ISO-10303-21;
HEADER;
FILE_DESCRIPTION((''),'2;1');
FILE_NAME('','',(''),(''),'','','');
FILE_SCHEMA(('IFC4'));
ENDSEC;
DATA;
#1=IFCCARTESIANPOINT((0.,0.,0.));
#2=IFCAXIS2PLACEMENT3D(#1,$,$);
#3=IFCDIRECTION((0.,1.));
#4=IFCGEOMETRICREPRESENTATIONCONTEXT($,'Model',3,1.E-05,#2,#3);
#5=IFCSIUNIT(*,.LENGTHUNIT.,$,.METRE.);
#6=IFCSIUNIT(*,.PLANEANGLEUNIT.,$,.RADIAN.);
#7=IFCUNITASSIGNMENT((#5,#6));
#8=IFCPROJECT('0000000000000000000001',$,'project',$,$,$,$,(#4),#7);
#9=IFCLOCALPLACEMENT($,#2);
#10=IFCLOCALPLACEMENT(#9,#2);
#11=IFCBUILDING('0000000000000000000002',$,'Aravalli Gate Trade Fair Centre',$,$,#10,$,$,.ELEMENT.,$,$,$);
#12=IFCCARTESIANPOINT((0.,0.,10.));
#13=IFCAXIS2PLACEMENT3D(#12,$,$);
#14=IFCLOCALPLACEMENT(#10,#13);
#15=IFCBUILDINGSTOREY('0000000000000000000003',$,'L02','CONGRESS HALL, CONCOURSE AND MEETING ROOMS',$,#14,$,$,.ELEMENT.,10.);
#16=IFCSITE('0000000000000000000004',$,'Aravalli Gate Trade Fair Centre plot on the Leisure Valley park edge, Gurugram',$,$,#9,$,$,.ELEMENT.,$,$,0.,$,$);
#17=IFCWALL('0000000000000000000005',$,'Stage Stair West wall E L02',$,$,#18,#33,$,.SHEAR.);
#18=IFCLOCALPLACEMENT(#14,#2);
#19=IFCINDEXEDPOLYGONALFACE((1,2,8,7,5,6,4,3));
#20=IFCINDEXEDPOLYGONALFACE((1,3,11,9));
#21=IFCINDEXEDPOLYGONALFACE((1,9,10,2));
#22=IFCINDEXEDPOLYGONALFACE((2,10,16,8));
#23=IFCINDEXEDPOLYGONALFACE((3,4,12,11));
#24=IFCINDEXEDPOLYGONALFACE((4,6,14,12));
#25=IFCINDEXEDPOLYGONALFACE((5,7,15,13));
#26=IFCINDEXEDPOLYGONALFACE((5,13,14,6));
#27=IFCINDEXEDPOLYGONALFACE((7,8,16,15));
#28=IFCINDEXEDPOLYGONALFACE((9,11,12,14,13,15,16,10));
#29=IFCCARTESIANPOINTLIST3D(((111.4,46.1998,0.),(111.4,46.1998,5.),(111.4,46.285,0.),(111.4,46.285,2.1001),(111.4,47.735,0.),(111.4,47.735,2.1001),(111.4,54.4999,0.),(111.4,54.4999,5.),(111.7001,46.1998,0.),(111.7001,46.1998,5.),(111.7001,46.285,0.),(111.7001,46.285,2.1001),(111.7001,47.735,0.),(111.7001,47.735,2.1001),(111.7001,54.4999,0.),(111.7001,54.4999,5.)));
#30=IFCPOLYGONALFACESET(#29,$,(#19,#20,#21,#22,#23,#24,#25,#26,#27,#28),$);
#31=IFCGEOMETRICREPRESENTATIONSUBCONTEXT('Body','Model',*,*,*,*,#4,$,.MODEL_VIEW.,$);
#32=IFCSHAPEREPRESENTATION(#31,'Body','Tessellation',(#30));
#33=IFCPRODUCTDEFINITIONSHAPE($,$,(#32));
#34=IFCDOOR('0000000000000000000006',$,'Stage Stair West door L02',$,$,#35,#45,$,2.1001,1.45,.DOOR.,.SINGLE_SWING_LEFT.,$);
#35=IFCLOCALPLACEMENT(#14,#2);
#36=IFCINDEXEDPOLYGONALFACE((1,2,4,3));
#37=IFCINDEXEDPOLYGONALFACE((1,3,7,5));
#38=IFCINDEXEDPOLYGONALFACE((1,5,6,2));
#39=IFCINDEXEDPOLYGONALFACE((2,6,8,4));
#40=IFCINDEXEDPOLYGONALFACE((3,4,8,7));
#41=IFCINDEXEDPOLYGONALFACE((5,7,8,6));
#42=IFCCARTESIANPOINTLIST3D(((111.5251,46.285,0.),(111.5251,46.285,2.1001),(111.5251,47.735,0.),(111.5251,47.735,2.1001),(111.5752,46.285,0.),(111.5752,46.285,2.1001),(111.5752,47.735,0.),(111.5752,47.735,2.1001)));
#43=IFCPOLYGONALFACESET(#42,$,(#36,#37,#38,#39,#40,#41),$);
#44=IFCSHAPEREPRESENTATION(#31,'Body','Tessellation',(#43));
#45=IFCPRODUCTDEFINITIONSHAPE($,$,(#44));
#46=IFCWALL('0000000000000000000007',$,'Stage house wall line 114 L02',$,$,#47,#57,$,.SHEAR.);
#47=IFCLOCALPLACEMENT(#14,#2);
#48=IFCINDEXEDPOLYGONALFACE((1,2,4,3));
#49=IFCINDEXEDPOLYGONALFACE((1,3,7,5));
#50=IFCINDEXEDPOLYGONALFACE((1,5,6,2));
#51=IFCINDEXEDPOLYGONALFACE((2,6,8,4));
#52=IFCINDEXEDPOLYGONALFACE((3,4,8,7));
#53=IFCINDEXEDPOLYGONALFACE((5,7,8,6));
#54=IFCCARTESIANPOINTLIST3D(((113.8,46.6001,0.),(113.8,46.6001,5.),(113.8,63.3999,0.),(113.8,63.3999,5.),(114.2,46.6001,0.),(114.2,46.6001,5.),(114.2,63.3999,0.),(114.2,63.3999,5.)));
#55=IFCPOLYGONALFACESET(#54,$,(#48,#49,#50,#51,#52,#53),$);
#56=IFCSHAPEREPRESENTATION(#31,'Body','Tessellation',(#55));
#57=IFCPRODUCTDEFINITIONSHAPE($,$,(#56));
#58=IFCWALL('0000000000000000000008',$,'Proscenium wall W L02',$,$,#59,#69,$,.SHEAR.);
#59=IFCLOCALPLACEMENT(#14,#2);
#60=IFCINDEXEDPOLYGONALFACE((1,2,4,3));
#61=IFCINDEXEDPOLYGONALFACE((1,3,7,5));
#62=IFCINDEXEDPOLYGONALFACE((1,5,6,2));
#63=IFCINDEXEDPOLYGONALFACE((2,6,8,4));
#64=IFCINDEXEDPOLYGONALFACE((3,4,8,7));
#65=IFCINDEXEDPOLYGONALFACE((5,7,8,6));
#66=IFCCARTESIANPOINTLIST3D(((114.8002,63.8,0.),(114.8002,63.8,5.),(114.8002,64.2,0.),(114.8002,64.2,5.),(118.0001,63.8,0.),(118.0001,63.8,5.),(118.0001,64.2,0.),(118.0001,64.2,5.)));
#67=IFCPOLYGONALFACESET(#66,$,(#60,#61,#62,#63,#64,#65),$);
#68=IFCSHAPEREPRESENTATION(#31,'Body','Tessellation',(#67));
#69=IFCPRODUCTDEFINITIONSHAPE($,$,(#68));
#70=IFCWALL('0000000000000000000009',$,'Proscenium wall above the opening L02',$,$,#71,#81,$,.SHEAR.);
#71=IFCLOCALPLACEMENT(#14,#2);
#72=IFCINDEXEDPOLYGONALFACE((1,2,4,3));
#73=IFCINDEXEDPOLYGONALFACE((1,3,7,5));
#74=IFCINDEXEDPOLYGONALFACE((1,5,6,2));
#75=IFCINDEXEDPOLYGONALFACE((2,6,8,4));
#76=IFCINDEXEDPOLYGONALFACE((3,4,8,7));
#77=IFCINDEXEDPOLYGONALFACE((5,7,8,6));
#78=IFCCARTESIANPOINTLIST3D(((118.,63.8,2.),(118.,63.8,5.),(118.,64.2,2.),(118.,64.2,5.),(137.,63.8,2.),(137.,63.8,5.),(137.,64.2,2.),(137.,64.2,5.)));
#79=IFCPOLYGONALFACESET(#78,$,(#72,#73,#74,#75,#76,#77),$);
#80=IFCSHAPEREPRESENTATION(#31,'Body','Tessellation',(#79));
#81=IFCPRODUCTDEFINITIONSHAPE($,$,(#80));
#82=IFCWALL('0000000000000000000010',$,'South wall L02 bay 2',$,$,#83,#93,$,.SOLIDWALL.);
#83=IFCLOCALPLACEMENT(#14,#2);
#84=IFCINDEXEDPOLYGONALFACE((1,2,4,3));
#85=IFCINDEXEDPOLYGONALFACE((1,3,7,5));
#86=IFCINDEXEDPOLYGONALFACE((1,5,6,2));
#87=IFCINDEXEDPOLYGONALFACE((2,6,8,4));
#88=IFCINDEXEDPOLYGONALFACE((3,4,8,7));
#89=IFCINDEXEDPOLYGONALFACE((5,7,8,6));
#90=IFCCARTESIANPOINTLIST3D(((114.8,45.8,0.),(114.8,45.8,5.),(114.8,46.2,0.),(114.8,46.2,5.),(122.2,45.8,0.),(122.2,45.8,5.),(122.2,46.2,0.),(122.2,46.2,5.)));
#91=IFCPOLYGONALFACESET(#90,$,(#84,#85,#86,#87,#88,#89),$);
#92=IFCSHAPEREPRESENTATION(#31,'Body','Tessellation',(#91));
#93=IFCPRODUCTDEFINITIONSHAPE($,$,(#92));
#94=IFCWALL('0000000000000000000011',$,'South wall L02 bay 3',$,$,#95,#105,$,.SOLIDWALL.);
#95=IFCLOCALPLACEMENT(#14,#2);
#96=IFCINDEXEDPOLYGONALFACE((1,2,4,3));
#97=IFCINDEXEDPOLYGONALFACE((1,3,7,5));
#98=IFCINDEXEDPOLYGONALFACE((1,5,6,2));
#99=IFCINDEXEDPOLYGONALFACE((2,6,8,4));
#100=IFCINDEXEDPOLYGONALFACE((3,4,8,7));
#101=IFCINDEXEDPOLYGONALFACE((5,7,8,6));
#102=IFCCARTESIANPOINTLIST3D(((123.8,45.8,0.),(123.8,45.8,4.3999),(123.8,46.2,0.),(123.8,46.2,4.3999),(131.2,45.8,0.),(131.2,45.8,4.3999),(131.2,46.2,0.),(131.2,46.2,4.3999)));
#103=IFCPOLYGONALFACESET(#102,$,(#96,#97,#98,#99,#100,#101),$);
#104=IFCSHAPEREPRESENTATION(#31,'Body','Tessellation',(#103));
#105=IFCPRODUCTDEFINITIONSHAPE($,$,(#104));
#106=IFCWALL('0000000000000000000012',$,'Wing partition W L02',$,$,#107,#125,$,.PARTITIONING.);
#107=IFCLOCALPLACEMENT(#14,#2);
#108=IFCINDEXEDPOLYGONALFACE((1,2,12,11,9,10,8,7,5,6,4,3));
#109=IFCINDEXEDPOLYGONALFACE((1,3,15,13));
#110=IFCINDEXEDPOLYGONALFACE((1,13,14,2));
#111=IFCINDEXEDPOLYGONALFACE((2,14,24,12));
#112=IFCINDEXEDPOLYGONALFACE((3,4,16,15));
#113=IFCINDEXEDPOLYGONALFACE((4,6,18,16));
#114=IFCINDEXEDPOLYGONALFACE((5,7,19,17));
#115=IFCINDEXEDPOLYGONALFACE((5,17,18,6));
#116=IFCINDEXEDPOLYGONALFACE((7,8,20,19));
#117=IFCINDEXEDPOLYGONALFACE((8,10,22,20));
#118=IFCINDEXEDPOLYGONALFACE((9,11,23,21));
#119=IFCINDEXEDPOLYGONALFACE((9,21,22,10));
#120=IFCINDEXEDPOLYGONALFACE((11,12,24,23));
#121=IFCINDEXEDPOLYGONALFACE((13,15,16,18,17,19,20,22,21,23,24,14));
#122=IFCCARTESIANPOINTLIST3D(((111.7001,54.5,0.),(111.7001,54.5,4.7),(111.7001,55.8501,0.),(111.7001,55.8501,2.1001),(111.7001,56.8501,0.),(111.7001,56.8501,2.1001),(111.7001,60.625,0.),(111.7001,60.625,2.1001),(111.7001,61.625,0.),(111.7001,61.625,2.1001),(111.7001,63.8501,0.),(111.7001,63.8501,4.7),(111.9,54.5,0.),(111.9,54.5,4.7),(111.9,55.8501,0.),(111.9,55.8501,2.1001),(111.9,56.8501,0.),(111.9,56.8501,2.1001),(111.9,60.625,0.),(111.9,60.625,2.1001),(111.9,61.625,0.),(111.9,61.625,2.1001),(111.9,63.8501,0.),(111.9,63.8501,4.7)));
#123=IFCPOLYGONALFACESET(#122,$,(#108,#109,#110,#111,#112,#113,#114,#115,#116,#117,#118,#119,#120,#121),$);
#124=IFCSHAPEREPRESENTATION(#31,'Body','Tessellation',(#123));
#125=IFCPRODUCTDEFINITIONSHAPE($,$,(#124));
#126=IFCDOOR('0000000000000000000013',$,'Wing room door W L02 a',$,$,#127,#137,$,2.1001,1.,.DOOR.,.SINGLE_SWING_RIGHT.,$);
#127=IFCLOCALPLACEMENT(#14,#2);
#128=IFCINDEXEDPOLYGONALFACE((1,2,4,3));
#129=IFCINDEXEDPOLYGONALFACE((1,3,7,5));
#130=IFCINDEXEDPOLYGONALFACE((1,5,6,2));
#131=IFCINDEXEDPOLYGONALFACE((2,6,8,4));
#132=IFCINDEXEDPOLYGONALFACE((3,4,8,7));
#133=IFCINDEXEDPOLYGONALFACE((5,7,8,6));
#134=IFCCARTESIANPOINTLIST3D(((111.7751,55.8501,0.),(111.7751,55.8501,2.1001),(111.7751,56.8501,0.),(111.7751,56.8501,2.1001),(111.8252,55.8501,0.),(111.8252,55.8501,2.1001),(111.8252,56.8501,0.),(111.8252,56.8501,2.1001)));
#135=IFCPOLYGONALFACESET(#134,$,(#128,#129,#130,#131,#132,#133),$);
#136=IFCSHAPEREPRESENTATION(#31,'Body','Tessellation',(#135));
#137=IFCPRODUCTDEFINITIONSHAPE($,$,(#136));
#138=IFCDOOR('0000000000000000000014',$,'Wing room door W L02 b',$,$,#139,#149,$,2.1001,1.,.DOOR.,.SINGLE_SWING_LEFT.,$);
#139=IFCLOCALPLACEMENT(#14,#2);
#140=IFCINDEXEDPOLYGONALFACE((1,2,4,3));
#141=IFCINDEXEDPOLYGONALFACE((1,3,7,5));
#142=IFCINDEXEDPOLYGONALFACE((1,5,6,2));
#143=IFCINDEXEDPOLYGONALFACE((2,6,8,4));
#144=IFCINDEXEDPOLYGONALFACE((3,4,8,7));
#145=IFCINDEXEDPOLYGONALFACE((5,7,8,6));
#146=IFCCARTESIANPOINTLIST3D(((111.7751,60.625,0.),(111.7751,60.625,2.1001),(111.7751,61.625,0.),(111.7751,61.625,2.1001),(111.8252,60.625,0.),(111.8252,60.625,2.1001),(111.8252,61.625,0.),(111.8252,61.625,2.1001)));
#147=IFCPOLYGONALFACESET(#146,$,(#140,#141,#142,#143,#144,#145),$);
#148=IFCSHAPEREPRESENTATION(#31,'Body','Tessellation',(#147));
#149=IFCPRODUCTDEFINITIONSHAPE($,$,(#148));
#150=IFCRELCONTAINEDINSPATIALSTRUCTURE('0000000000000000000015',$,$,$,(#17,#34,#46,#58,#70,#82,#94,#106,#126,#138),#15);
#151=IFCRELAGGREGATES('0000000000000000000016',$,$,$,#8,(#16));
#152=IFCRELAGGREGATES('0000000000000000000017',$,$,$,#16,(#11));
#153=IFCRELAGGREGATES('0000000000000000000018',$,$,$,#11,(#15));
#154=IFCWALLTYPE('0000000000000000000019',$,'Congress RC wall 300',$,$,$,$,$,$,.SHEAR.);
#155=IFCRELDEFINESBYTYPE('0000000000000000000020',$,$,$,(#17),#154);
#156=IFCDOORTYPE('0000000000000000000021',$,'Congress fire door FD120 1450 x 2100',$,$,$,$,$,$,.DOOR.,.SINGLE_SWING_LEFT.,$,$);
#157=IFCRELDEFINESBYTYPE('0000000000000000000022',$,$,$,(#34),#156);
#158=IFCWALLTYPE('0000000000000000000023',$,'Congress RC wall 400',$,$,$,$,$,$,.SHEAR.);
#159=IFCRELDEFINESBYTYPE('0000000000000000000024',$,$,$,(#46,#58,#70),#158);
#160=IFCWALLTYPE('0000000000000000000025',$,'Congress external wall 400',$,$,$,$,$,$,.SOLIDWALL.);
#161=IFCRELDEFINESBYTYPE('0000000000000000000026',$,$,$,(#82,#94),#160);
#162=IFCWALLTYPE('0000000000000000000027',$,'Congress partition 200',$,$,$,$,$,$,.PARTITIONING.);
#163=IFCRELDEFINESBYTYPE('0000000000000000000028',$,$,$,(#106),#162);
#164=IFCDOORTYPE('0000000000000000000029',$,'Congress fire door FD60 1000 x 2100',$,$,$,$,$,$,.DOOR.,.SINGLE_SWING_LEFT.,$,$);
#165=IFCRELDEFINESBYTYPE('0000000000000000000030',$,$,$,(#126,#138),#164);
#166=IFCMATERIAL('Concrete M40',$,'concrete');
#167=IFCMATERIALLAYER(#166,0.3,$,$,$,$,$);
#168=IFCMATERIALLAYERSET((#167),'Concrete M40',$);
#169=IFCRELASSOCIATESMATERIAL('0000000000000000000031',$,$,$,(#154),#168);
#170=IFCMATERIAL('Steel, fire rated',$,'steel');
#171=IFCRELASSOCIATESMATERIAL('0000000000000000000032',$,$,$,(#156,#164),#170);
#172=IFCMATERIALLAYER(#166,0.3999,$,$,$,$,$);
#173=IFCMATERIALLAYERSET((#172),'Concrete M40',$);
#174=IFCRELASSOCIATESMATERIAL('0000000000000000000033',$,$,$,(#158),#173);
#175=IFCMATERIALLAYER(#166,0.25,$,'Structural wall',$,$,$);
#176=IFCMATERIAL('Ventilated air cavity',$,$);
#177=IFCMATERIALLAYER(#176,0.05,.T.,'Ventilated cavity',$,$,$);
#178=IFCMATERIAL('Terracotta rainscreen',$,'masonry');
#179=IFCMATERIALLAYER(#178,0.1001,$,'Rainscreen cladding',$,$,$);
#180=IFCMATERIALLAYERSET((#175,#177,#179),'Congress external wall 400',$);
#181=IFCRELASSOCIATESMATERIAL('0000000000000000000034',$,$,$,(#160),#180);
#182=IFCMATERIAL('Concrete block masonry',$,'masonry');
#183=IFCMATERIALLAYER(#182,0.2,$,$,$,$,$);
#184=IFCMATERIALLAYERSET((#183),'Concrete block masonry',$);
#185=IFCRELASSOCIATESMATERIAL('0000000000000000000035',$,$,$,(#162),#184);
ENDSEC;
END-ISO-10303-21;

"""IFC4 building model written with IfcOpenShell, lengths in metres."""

from ifc_helpers import new_model, si_unit, direction, frame, frame_2d, origin, place, context, subcontext, project, spatial, rectangle, extrude, material, layer, layer_set, type_object, element, fill, save


model = new_model("IFC4")

# Units and contexts
model_context = context("Model", 3, precision=1e-05, world=origin(), true_north=direction((0.0, 1.0)))
body_context = subcontext(model_context, "Body", "Model", "MODEL_VIEW")
ifc_project = project(units=[si_unit("LENGTHUNIT", "METRE"), si_unit("PLANEANGLEUNIT", "RADIAN")], contexts=[model_context])

# Site, building, storey
site_placement = place(None, origin())
site = spatial("IfcSite", under=ifc_project, at=site_placement, Name="Aravalli Gate Trade Fair Centre plot on the Leisure Valley park edge, Gurugram", CompositionType="ELEMENT", RefElevation=0.0)
building_placement = place(site_placement, origin())
building = spatial("IfcBuilding", under=site, at=building_placement, Name="Aravalli Gate Trade Fair Centre", CompositionType="ELEMENT")
storey_placement = place(building_placement, frame((0.0, 0.0, 10.0)))
storey = spatial("IfcBuildingStorey", under=building, at=storey_placement, Name="L02", Description="CONGRESS HALL, CONCOURSE AND MEETING ROOMS", CompositionType="ELEMENT", Elevation=10.0)

# Shared definitions
ifc_material_1 = material(Name="Concrete M40", Category="concrete")

# Wall, opening, door
ifc_layer_1 = layer(ifc_material_1, 0.3)
ifc_layer_set_1 = layer_set([ifc_layer_1], Name="Concrete M40")
wall_type_1 = type_object("IfcWallType", Name="Congress RC wall 300", PredefinedType="SHEAR", material=ifc_layer_set_1)
wall_1_placement = place(storey_placement, frame((111.55, 46.2, 0.0), z_axis=(0.0, 0.0, 1.0), x_axis=(0.0, 1.0, 0.0)))
wall_1 = element("IfcWall", 1, at=wall_1_placement, inside=storey, type_object=wall_type_1, Name="Stage Stair West wall E L02", PredefinedType="SHEAR", context=body_context, shape_type="SweptSolid", body=[
    extrude(rectangle(XDim=8.3, YDim=0.3, at=frame_2d((4.1499, 0.0))), origin(), (0.0, 0.0, 1.0), 5.0),
])
opening_1_placement = place(wall_1_placement, frame((0.085, 0.0, 0.0)))
opening_1 = element("IfcOpeningElement", 2, at=opening_1_placement, cuts=wall_1, PredefinedType="OPENING", context=body_context, shape_type="SweptSolid", body=[
    extrude(rectangle(XDim=1.45, YDim=2.1001, at=frame_2d((0.7251, 1.05))), frame((0.0, 0.1599, 0.0), z_axis=(0.0, -1.0, 0.0), x_axis=(1.0, 0.0, 0.0)), (0.0, 0.0, 1.0), 0.3201),
])
ifc_material_2 = material(Name="Steel, fire rated", Category="steel")
door_type_1 = type_object("IfcDoorType", Name="Congress fire door FD120 1450 x 2100", OperationType="SINGLE_SWING_LEFT", PredefinedType="DOOR", material=ifc_material_2)
door_1_placement = place(opening_1_placement, origin())
door_1 = element("IfcDoor", 3, at=door_1_placement, inside=storey, type_object=door_type_1, Name="Stage Stair West door L02", OperationType="SINGLE_SWING_LEFT", OverallHeight=2.1001, OverallWidth=1.45, PredefinedType="DOOR", context=body_context, shape_type="SweptSolid", body=[
    extrude(rectangle(XDim=1.45, YDim=2.1001, at=frame_2d((0.7251, 1.05))), frame((0.0, 0.0249, 0.0), z_axis=(0.0, -1.0, 0.0), x_axis=(1.0, 0.0, 0.0)), (0.0, 0.0, 1.0), 0.05),
])
fill(opening_1, door_1)

# Walls
ifc_layer_2 = layer(ifc_material_1, 0.3999)
ifc_layer_set_2 = layer_set([ifc_layer_2], Name="Concrete M40")
wall_type_2 = type_object("IfcWallType", Name="Congress RC wall 400", PredefinedType="SHEAR", material=ifc_layer_set_2)
wall_2_placement = place(storey_placement, frame((114.0, 46.6001, 0.0), z_axis=(0.0, 0.0, 1.0), x_axis=(0.0, 1.0, 0.0)))
element("IfcWall", 4, at=wall_2_placement, inside=storey, type_object=wall_type_2, Name="Stage house wall line 114 L02", PredefinedType="SHEAR", context=body_context, shape_type="SweptSolid", body=[
    extrude(rectangle(XDim=16.7998, YDim=0.3999, at=frame_2d((8.3999, 0.0))), origin(), (0.0, 0.0, 1.0), 5.0),
])
wall_3_placement = place(storey_placement, frame((114.8, 64.0, 0.0), z_axis=(0.0, 0.0, 1.0), x_axis=(1.0, 0.0, 0.0)))
element("IfcWall", 5, at=wall_3_placement, inside=storey, type_object=wall_type_2, Name="Proscenium wall W L02", PredefinedType="SHEAR", context=body_context, shape_type="SweptSolid", body=[
    extrude(rectangle(XDim=3.2, YDim=0.3999, at=frame_2d((1.6001, 0.0))), origin(), (0.0, 0.0, 1.0), 5.0),
])
wall_4_placement = place(storey_placement, frame((118.0, 64.0, 2.0), z_axis=(0.0, 0.0, 1.0), x_axis=(1.0, 0.0, 0.0)))
element("IfcWall", 6, at=wall_4_placement, inside=storey, type_object=wall_type_2, Name="Proscenium wall above the opening L02", PredefinedType="SHEAR", context=body_context, shape_type="SweptSolid", body=[
    extrude(rectangle(XDim=19.0, YDim=0.3999, at=frame_2d((9.5, 0.0))), origin(), (0.0, 0.0, 1.0), 3.0),
])
ifc_layer_3 = layer(ifc_material_1, 0.25, Name="Structural wall")
ifc_material_3 = material(Name="Ventilated air cavity")
ifc_layer_4 = layer(ifc_material_3, 0.05, ventilated=True, Name="Ventilated cavity")
ifc_material_4 = material(Name="Terracotta rainscreen", Category="masonry")
ifc_layer_5 = layer(ifc_material_4, 0.1001, Name="Rainscreen cladding")
ifc_layer_set_3 = layer_set([ifc_layer_3, ifc_layer_4, ifc_layer_5], Name="Congress external wall 400")
wall_type_3 = type_object("IfcWallType", Name="Congress external wall 400", PredefinedType="SOLIDWALL", material=ifc_layer_set_3)
wall_5_placement = place(storey_placement, frame((114.8, 46.0, 0.0), z_axis=(0.0, 0.0, 1.0), x_axis=(1.0, 0.0, 0.0)))
element("IfcWall", 7, at=wall_5_placement, inside=storey, type_object=wall_type_3, Name="South wall L02 bay 2", PredefinedType="SOLIDWALL", context=body_context, shape_type="SweptSolid", body=[
    extrude(rectangle(XDim=7.3999, YDim=0.3999, at=frame_2d((3.7, 0.0))), origin(), (0.0, 0.0, 1.0), 5.0),
])
wall_6_placement = place(storey_placement, frame((123.8, 46.0, 0.0), z_axis=(0.0, 0.0, 1.0), x_axis=(1.0, 0.0, 0.0)))
element("IfcWall", 8, at=wall_6_placement, inside=storey, type_object=wall_type_3, Name="South wall L02 bay 3", PredefinedType="SOLIDWALL", context=body_context, shape_type="SweptSolid", body=[
    extrude(rectangle(XDim=7.3999, YDim=0.3999, at=frame_2d((3.7, 0.0))), origin(), (0.0, 0.0, 1.0), 4.3999),
])

# Wall, openings, doors
ifc_material_5 = material(Name="Concrete block masonry", Category="masonry")
ifc_layer_6 = layer(ifc_material_5, 0.2)
ifc_layer_set_4 = layer_set([ifc_layer_6], Name="Concrete block masonry")
wall_type_4 = type_object("IfcWallType", Name="Congress partition 200", PredefinedType="PARTITIONING", material=ifc_layer_set_4)
wall_7_placement = place(storey_placement, frame((111.8, 54.5, 0.0), z_axis=(0.0, 0.0, 1.0), x_axis=(0.0, 1.0, 0.0)))
wall_7 = element("IfcWall", 9, at=wall_7_placement, inside=storey, type_object=wall_type_4, Name="Wing partition W L02", PredefinedType="PARTITIONING", context=body_context, shape_type="SweptSolid", body=[
    extrude(rectangle(XDim=9.3501, YDim=0.2, at=frame_2d((4.675, 0.0))), origin(), (0.0, 0.0, 1.0), 4.7),
])
opening_2_placement = place(wall_7_placement, frame((1.3501, 0.0, 0.0)))
opening_2 = element("IfcOpeningElement", 10, at=opening_2_placement, cuts=wall_7, PredefinedType="OPENING", context=body_context, shape_type="SweptSolid", body=[
    extrude(rectangle(XDim=1.0, YDim=2.1001, at=frame_2d((0.5, 1.05))), frame((0.0, 0.1099, 0.0), z_axis=(0.0, -1.0, 0.0), x_axis=(1.0, 0.0, 0.0)), (0.0, 0.0, 1.0), 0.22),
])
opening_3_placement = place(wall_7_placement, frame((6.125, 0.0, 0.0)))
opening_3 = element("IfcOpeningElement", 11, at=opening_3_placement, cuts=wall_7, PredefinedType="OPENING", context=body_context, shape_type="SweptSolid", body=[
    extrude(rectangle(XDim=1.0, YDim=2.1001, at=frame_2d((0.5, 1.05))), frame((0.0, 0.1099, 0.0), z_axis=(0.0, -1.0, 0.0), x_axis=(1.0, 0.0, 0.0)), (0.0, 0.0, 1.0), 0.22),
])
door_type_2 = type_object("IfcDoorType", Name="Congress fire door FD60 1000 x 2100", OperationType="SINGLE_SWING_LEFT", PredefinedType="DOOR", material=ifc_material_2)
door_2_placement = place(opening_2_placement, origin())
door_2 = element("IfcDoor", 12, at=door_2_placement, inside=storey, type_object=door_type_2, Name="Wing room door W L02 a", OperationType="SINGLE_SWING_RIGHT", OverallHeight=2.1001, OverallWidth=1.0, PredefinedType="DOOR", context=body_context, shape_type="SweptSolid", body=[
    extrude(rectangle(XDim=1.0, YDim=2.1001, at=frame_2d((0.5, 1.05))), frame((0.0, 0.0249, 0.0), z_axis=(0.0, -1.0, 0.0), x_axis=(1.0, 0.0, 0.0)), (0.0, 0.0, 1.0), 0.05),
])
fill(opening_2, door_2)
door_3_placement = place(opening_3_placement, origin())
door_3 = element("IfcDoor", 13, at=door_3_placement, inside=storey, type_object=door_type_2, Name="Wing room door W L02 b", OperationType="SINGLE_SWING_LEFT", OverallHeight=2.1001, OverallWidth=1.0, PredefinedType="DOOR", context=body_context, shape_type="SweptSolid", body=[
    extrude(rectangle(XDim=1.0, YDim=2.1001, at=frame_2d((0.5, 1.05))), frame((0.0, 0.0249, 0.0), z_axis=(0.0, -1.0, 0.0), x_axis=(1.0, 0.0, 0.0)), (0.0, 0.0, 1.0), 0.05),
])
fill(opening_3, door_3)

save(model, "model.ifc")
